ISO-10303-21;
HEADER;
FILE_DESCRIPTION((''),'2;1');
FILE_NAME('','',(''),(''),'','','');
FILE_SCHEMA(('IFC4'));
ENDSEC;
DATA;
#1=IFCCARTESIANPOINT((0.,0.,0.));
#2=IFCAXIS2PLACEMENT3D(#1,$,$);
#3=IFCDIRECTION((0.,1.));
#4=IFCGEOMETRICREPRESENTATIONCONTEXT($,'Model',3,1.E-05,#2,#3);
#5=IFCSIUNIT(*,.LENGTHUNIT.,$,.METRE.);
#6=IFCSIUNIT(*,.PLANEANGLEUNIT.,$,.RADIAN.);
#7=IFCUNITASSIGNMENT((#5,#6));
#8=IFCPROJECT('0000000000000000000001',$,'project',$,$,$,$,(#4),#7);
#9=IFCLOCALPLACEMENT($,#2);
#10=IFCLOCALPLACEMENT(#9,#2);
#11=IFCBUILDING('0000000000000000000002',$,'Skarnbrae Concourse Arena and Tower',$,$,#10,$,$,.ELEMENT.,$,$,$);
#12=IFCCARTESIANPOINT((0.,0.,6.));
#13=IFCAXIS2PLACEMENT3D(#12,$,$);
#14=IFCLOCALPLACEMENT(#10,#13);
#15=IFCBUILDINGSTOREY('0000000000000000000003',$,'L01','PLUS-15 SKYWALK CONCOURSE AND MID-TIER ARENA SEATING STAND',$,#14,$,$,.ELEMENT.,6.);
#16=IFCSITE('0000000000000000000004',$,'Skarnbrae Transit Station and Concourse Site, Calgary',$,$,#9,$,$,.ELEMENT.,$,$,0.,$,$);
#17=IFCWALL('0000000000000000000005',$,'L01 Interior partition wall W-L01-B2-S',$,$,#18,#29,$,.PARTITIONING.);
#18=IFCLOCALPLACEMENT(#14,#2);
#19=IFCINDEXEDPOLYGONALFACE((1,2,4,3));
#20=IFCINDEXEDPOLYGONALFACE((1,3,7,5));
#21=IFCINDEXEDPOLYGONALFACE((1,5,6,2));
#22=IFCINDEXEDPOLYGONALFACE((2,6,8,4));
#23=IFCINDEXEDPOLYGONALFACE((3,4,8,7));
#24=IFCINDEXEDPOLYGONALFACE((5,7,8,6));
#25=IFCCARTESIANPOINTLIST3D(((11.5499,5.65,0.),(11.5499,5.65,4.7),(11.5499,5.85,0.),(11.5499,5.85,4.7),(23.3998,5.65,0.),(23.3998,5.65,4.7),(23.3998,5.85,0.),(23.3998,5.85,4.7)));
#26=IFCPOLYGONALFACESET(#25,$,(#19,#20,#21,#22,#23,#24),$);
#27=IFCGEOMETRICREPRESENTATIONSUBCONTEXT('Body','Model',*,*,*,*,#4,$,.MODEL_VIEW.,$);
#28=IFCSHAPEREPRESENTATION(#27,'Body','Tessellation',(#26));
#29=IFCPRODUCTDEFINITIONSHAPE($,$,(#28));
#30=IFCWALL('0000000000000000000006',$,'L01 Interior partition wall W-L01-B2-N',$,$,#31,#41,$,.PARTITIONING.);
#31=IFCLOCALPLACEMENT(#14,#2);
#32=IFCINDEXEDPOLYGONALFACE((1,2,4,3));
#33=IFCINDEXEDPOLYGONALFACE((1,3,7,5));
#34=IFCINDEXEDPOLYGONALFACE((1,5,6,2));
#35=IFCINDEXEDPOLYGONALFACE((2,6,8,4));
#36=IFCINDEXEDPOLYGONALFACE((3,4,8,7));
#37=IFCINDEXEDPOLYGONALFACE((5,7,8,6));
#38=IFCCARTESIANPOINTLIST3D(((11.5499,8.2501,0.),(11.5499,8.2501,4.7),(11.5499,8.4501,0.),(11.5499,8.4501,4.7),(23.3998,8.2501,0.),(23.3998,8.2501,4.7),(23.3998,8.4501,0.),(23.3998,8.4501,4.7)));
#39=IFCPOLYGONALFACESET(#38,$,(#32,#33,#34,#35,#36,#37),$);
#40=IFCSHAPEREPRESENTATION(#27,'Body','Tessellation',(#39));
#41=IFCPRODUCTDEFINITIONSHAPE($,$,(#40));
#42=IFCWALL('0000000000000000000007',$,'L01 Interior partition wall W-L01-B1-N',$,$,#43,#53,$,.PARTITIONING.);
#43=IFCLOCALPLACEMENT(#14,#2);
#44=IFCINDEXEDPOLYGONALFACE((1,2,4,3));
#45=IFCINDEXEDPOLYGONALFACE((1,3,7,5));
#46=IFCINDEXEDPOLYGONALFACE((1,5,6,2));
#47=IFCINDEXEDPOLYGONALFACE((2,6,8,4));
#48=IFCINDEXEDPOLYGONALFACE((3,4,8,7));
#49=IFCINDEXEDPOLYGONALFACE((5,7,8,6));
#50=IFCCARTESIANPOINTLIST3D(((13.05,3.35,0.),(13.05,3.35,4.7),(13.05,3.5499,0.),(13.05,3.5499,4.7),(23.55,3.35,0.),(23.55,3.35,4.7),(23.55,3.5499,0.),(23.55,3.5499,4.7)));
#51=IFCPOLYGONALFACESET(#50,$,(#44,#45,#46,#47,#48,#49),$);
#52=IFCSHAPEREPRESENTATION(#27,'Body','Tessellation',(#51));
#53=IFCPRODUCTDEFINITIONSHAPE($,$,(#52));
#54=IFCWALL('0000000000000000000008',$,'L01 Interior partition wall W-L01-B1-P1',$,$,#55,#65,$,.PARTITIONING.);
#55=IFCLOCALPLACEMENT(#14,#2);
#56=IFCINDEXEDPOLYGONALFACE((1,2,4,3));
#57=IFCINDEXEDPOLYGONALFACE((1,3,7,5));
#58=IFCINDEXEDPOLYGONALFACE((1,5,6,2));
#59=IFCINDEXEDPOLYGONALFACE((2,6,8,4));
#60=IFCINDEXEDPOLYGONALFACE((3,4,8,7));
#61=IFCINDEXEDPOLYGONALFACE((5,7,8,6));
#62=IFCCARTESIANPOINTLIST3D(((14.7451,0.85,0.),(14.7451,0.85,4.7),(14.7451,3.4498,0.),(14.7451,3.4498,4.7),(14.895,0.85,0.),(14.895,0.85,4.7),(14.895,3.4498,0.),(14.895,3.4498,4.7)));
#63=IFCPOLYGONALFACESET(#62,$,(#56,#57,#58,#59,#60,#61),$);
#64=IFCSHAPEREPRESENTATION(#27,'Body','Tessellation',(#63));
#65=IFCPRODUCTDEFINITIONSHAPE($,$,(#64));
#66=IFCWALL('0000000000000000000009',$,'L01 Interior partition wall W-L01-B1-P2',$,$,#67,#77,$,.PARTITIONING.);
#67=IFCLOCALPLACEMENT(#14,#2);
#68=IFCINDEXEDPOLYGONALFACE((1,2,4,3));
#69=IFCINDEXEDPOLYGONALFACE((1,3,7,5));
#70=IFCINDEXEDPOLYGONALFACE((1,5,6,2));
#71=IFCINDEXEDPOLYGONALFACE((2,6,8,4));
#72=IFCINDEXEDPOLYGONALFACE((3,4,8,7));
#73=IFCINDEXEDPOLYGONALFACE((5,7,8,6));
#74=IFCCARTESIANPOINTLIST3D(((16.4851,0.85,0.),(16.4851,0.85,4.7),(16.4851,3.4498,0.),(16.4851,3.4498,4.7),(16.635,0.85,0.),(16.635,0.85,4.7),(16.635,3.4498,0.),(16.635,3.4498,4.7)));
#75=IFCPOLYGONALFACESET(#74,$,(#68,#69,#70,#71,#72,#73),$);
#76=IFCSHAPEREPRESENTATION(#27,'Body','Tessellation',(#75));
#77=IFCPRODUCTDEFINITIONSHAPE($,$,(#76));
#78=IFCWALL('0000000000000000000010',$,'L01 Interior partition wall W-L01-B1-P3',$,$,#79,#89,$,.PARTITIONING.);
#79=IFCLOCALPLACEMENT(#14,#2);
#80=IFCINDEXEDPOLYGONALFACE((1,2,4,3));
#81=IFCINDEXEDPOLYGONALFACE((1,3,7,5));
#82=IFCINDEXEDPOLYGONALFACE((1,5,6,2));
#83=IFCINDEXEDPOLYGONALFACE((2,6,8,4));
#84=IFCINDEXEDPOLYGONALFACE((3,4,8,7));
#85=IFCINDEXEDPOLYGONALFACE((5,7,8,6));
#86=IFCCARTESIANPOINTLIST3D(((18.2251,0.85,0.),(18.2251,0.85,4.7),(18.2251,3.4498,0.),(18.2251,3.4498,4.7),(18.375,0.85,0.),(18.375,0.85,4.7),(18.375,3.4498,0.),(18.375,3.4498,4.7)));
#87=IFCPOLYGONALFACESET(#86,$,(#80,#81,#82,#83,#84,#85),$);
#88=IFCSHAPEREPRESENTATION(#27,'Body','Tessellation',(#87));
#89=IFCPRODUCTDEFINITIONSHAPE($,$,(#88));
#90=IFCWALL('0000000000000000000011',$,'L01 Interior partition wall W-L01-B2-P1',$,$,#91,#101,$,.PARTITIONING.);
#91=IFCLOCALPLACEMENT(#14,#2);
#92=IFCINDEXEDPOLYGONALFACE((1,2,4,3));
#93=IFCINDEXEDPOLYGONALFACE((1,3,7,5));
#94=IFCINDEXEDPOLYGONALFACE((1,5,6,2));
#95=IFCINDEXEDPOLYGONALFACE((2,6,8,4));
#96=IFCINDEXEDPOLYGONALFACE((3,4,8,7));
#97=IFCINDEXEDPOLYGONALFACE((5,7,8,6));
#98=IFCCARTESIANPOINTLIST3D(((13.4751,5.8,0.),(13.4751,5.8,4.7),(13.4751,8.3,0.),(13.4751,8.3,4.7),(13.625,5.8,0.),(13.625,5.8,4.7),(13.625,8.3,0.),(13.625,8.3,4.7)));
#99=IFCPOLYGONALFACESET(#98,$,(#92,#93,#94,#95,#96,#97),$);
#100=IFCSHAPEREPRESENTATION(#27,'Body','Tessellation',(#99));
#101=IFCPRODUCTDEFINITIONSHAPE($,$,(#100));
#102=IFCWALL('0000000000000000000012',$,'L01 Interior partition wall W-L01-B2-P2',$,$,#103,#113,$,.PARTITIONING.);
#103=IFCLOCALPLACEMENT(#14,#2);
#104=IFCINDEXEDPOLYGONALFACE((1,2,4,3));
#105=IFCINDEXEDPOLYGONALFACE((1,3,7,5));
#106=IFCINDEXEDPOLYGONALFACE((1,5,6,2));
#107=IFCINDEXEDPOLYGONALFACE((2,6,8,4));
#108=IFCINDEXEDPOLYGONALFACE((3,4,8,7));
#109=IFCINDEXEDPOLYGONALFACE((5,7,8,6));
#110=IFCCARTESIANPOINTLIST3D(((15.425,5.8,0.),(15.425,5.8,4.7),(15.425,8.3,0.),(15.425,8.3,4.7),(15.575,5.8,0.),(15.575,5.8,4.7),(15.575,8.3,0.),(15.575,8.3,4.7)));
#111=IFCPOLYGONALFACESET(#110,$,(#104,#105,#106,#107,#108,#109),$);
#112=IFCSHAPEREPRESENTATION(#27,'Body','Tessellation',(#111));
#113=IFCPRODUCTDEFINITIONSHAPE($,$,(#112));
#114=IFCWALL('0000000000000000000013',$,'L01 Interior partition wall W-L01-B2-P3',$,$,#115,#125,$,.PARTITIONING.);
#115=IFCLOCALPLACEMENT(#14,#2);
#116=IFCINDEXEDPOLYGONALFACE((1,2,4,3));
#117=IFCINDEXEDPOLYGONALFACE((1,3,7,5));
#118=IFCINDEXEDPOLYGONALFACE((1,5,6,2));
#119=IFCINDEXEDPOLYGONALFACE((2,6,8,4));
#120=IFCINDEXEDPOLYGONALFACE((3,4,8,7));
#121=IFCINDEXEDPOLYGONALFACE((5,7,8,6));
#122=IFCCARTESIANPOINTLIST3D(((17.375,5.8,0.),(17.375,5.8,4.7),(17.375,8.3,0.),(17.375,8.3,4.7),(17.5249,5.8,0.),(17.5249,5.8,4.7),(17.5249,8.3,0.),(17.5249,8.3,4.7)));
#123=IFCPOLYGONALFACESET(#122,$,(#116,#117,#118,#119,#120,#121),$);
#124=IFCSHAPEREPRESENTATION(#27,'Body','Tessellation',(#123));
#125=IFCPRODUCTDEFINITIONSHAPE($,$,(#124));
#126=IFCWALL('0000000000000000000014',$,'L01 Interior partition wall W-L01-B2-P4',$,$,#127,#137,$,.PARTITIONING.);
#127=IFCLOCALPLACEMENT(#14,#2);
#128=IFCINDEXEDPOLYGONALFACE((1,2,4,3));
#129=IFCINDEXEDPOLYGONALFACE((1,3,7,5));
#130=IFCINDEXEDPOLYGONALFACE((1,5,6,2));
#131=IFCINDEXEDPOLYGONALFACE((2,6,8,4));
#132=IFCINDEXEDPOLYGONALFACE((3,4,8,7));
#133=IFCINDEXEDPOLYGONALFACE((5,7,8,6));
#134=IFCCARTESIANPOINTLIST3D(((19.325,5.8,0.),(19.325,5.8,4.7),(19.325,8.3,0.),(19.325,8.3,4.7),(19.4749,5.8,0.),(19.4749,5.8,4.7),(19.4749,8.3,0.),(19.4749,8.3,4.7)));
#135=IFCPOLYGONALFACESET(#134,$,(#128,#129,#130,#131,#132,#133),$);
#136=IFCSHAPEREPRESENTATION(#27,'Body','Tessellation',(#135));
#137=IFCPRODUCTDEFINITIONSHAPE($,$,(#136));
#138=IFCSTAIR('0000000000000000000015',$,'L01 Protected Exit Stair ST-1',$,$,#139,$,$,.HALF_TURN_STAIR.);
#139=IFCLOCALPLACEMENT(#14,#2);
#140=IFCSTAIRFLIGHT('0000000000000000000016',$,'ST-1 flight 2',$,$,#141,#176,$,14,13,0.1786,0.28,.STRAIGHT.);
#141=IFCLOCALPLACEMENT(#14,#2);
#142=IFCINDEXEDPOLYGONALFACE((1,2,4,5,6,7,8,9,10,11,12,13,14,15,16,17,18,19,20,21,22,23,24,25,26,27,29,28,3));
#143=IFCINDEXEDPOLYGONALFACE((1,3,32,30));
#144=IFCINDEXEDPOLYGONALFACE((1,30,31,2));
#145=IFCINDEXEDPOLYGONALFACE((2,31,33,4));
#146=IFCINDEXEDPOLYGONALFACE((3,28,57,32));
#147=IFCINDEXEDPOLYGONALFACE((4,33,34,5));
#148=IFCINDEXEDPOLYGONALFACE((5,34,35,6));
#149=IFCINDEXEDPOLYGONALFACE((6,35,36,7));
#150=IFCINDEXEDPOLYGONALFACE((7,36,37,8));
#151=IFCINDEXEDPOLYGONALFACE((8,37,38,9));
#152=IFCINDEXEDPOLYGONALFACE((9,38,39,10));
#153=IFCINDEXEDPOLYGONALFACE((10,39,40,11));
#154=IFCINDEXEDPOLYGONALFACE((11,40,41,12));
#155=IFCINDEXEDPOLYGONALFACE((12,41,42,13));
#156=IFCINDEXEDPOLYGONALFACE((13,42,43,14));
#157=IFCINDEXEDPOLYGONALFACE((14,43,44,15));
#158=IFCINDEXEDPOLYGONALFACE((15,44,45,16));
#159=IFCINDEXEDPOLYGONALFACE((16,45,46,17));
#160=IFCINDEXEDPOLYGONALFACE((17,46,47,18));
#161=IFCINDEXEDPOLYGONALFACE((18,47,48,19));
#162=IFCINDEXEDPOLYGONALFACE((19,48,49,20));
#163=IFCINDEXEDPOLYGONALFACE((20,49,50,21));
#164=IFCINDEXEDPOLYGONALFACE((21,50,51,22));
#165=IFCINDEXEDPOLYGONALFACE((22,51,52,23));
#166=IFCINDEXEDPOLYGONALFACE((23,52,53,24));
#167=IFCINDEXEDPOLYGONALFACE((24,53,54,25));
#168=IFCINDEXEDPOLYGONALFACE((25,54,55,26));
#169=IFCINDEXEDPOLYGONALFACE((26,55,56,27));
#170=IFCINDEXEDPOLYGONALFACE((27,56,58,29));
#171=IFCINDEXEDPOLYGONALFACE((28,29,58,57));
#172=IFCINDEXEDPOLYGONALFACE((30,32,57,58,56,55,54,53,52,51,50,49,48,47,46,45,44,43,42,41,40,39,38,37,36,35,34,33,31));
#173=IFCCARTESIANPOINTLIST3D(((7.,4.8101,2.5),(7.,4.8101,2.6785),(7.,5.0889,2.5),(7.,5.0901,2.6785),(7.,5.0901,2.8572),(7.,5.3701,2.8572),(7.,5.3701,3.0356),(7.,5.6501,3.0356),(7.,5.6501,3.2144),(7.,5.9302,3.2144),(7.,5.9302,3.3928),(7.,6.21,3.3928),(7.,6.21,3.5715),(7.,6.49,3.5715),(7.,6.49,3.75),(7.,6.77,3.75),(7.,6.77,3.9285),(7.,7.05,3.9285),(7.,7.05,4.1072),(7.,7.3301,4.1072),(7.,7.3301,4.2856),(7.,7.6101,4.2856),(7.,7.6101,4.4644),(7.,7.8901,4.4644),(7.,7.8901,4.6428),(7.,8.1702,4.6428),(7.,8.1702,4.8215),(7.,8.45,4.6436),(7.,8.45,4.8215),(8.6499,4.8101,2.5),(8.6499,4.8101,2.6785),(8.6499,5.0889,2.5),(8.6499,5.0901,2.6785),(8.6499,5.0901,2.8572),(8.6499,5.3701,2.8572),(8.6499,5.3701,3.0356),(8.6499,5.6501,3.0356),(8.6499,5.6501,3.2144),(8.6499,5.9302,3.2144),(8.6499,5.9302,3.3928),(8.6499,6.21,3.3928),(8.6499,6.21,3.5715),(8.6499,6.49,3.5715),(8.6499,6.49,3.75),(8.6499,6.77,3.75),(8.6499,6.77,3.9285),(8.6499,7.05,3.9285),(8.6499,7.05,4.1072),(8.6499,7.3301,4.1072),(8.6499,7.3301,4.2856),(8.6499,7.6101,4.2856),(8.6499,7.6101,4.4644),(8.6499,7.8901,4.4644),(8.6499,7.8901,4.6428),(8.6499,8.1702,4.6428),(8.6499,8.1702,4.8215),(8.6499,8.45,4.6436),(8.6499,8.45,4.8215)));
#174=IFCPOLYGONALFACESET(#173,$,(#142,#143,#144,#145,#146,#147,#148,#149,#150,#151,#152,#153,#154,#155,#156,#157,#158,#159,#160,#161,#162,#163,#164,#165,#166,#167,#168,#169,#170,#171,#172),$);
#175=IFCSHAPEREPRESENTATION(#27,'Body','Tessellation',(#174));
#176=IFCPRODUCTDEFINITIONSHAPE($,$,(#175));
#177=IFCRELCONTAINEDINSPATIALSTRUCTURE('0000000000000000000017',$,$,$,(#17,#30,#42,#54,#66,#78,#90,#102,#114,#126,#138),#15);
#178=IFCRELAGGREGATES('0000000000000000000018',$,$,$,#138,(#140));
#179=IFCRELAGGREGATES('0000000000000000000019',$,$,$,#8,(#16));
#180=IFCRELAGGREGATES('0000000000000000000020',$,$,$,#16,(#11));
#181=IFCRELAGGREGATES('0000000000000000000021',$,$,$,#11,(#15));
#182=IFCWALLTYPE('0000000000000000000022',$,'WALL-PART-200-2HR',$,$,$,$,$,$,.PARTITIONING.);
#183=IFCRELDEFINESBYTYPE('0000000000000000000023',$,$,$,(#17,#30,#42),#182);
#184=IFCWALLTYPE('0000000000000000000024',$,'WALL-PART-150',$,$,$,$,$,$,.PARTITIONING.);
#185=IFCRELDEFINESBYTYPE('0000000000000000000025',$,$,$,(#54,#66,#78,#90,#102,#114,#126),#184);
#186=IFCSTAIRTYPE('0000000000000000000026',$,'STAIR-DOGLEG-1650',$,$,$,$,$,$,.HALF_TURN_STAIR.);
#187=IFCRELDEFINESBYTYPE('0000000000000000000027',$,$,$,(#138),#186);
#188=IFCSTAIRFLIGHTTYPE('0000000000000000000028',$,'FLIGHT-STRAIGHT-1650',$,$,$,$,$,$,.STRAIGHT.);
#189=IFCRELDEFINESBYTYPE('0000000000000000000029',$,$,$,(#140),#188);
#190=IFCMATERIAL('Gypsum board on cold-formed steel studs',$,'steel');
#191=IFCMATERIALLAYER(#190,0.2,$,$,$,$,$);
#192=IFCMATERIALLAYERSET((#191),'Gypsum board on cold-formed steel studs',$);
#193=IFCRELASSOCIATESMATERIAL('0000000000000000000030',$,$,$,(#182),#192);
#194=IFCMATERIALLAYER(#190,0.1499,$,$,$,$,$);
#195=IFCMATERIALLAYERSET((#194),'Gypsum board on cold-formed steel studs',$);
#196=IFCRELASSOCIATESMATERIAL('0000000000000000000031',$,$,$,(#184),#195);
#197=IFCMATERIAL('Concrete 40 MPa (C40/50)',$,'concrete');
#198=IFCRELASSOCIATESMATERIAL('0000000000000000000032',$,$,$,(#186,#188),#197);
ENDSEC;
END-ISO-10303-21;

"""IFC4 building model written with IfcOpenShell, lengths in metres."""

from ifc_helpers import new_model, si_unit, direction, frame, frame_2d, origin, place, context, subcontext, project, spatial, polyline, rectangle, outline, extrude, source, transform, mapped, material, layer, layer_set, type_object, element, aggregate, save


model = new_model("IFC4")

# Units and contexts
model_context = context("Model", 3, precision=1e-05, world=origin(), true_north=direction((0.0, 1.0)))
body_context = subcontext(model_context, "Body", "Model", "MODEL_VIEW")
ifc_project = project(units=[si_unit("LENGTHUNIT", "METRE"), si_unit("PLANEANGLEUNIT", "RADIAN")], contexts=[model_context])

# Site, building, storey
site_placement = place(None, origin())
site = spatial("IfcSite", under=ifc_project, at=site_placement, Name="Skarnbrae Transit Station and Concourse Site, Calgary", CompositionType="ELEMENT", RefElevation=0.0)
building_placement = place(site_placement, origin())
building = spatial("IfcBuilding", under=site, at=building_placement, Name="Skarnbrae Concourse Arena and Tower", CompositionType="ELEMENT")
storey_placement = place(building_placement, frame((0.0, 0.0, 6.0)))
storey = spatial("IfcBuildingStorey", under=building, at=storey_placement, Name="L01", Description="PLUS-15 SKYWALK CONCOURSE AND MID-TIER ARENA SEATING STAND", CompositionType="ELEMENT", Elevation=6.0)

# Shared definitions
ifc_material_1 = material(Name="Gypsum board on cold-formed steel studs", Category="steel")
ifc_layer_1 = layer(ifc_material_1, 0.2)
ifc_layer_set_1 = layer_set([ifc_layer_1], Name="Gypsum board on cold-formed steel studs")
wall_type_1 = type_object("IfcWallType", Name="WALL-PART-200-2HR", PredefinedType="PARTITIONING", material=ifc_layer_set_1)

# Walls
ifc_layer_2 = layer(ifc_material_1, 0.1499)
ifc_layer_set_2 = layer_set([ifc_layer_2], Name="Gypsum board on cold-formed steel studs")
wall_type_2 = type_object("IfcWallType", Name="WALL-PART-150", PredefinedType="PARTITIONING", material=ifc_layer_set_2)
shared_shape_1 = source(origin(), body_context, "Body", "SweptSolid", [
    extrude(rectangle(XDim=11.8499, YDim=0.2, at=frame_2d((5.9248, 0.0))), origin(), (0.0, 0.0, 1.0), 4.7),
])
for number, where, z_axis, x_axis, name in (
    (1, (11.55, 5.75, 0.0), (0.0, 0.0, 1.0), (1.0, 0.0, 0.0), "L01 Interior partition wall W-L01-B2-S"),
    (2, (11.55, 8.3501, 0.0), (0.0, 0.0, 1.0), (1.0, 0.0, 0.0), "L01 Interior partition wall W-L01-B2-N"),
):
    element("IfcWall", number, at=place(storey_placement, frame(where, z_axis=z_axis, x_axis=x_axis)), inside=storey, type_object=wall_type_1, Name=name, PredefinedType="PARTITIONING", context=body_context, shape_type="MappedRepresentation", body=[
        mapped(shared_shape_1, transform((0.0, 0.0, 0.0))),
    ])
shared_shape_2 = source(origin(), body_context, "Body", "SweptSolid", [
    extrude(rectangle(XDim=10.5, YDim=0.2, at=frame_2d((5.25, 0.0))), origin(), (0.0, 0.0, 1.0), 4.7),
])
wall_1_placement = place(storey_placement, frame((13.05, 3.45, 0.0), z_axis=(0.0, 0.0, 1.0), x_axis=(1.0, 0.0, 0.0)))
element("IfcWall", 3, at=wall_1_placement, inside=storey, type_object=wall_type_1, Name="L01 Interior partition wall W-L01-B1-N", PredefinedType="PARTITIONING", context=body_context, shape_type="MappedRepresentation", body=[
    mapped(shared_shape_2, transform((0.0, 0.0, 0.0))),
])
shared_shape_3 = source(origin(), body_context, "Body", "SweptSolid", [
    extrude(rectangle(XDim=2.5999, YDim=0.1499, at=frame_2d((1.2998, 0.0))), origin(), (0.0, 0.0, 1.0), 4.7),
])
for number, where, z_axis, x_axis, name in (
    (4, (14.8201, 0.8501, 0.0), (0.0, 0.0, 1.0), (0.0, 1.0, 0.0), "L01 Interior partition wall W-L01-B1-P1"),
    (5, (16.5601, 0.8501, 0.0), (0.0, 0.0, 1.0), (0.0, 1.0, 0.0), "L01 Interior partition wall W-L01-B1-P2"),
    (6, (18.3, 0.8501, 0.0), (0.0, 0.0, 1.0), (0.0, 1.0, 0.0), "L01 Interior partition wall W-L01-B1-P3"),
):
    element("IfcWall", number, at=place(storey_placement, frame(where, z_axis=z_axis, x_axis=x_axis)), inside=storey, type_object=wall_type_2, Name=name, PredefinedType="PARTITIONING", context=body_context, shape_type="MappedRepresentation", body=[
        mapped(shared_shape_3, transform((0.0, 0.0, 0.0))),
    ])
shared_shape_4 = source(origin(), body_context, "Body", "SweptSolid", [
    extrude(rectangle(XDim=2.5, YDim=0.1499, at=frame_2d((1.25, 0.0))), origin(), (0.0, 0.0, 1.0), 4.7),
])
for number, where, z_axis, x_axis, name in (
    (7, (13.55, 5.8, 0.0), (0.0, 0.0, 1.0), (0.0, 1.0, 0.0), "L01 Interior partition wall W-L01-B2-P1"),
    (8, (15.5, 5.8, 0.0), (0.0, 0.0, 1.0), (0.0, 1.0, 0.0), "L01 Interior partition wall W-L01-B2-P2"),
    (9, (17.45, 5.8, 0.0), (0.0, 0.0, 1.0), (0.0, 1.0, 0.0), "L01 Interior partition wall W-L01-B2-P3"),
    (10, (19.3999, 5.8, 0.0), (0.0, 0.0, 1.0), (0.0, 1.0, 0.0), "L01 Interior partition wall W-L01-B2-P4"),
):
    element("IfcWall", number, at=place(storey_placement, frame(where, z_axis=z_axis, x_axis=x_axis)), inside=storey, type_object=wall_type_2, Name=name, PredefinedType="PARTITIONING", context=body_context, shape_type="MappedRepresentation", body=[
        mapped(shared_shape_4, transform((0.0, 0.0, 0.0))),
    ])

# Stair, stair flight
ifc_material_2 = material(Name="Concrete 40 MPa (C40/50)", Category="concrete")
stair_type = type_object("IfcStairType", Name="STAIR-DOGLEG-1650", PredefinedType="HALF_TURN_STAIR", material=ifc_material_2)
stair_placement = place(storey_placement, origin())
stair = element("IfcStair", 11, at=stair_placement, inside=storey, type_object=stair_type, Name="L01 Protected Exit Stair ST-1", PredefinedType="HALF_TURN_STAIR")
stair_flight_type = type_object("IfcStairFlightType", Name="FLIGHT-STRAIGHT-1650", PredefinedType="STRAIGHT", material=ifc_material_2)
shared_shape_5 = source(origin(), body_context, "Body", "SweptSolid", [
    extrude(outline(polyline([(0.0, 0.0), (0.0, 0.1785), (0.28, 0.1785), (0.28, 0.3572), (0.5601, 0.3572), (0.5601, 0.5356), (0.8401, 0.5356), (0.8401, 0.7144), (1.1201, 0.7144), (1.1201, 0.8928), (1.3999, 0.8928), (1.3999, 1.0715), (1.6799, 1.0715), (1.6799, 1.25), (1.96, 1.25), (1.96, 1.4285), (2.24, 1.4285), (2.24, 1.6072), (2.52, 1.6072), (2.52, 1.7856), (2.8, 1.7856), (2.8, 1.9644), (3.0801, 1.9644), (3.0801, 2.1428), (3.3601, 2.1428), (3.3601, 2.3215), (3.6399, 2.3215), (3.6399, 2.5), (3.6399, 2.1436), (0.2788, 0.0), (0.0, 0.0)])), frame((0.0, 0.825, 0.0), z_axis=(0.0, -1.0, 0.0), x_axis=(1.0, 0.0, 0.0)), (0.0, 0.0, 1.0), 1.6499),
])
stair_flight_placement = place(storey_placement, frame((7.825, 4.8101, 2.5), z_axis=(0.0, 0.0, 1.0), x_axis=(0.0, 1.0, 0.0)))
stair_flight = element("IfcStairFlight", 12, at=stair_flight_placement, type_object=stair_flight_type, Name="ST-1 flight 2", NumberOfRisers=14, NumberOfTreads=13, PredefinedType="STRAIGHT", RiserHeight=0.1786, TreadLength=0.28, context=body_context, shape_type="MappedRepresentation", body=[
    mapped(shared_shape_5, transform((0.0, 0.0, 0.0))),
])
aggregate(stair, [stair_flight])

save(model, "model.ifc")
